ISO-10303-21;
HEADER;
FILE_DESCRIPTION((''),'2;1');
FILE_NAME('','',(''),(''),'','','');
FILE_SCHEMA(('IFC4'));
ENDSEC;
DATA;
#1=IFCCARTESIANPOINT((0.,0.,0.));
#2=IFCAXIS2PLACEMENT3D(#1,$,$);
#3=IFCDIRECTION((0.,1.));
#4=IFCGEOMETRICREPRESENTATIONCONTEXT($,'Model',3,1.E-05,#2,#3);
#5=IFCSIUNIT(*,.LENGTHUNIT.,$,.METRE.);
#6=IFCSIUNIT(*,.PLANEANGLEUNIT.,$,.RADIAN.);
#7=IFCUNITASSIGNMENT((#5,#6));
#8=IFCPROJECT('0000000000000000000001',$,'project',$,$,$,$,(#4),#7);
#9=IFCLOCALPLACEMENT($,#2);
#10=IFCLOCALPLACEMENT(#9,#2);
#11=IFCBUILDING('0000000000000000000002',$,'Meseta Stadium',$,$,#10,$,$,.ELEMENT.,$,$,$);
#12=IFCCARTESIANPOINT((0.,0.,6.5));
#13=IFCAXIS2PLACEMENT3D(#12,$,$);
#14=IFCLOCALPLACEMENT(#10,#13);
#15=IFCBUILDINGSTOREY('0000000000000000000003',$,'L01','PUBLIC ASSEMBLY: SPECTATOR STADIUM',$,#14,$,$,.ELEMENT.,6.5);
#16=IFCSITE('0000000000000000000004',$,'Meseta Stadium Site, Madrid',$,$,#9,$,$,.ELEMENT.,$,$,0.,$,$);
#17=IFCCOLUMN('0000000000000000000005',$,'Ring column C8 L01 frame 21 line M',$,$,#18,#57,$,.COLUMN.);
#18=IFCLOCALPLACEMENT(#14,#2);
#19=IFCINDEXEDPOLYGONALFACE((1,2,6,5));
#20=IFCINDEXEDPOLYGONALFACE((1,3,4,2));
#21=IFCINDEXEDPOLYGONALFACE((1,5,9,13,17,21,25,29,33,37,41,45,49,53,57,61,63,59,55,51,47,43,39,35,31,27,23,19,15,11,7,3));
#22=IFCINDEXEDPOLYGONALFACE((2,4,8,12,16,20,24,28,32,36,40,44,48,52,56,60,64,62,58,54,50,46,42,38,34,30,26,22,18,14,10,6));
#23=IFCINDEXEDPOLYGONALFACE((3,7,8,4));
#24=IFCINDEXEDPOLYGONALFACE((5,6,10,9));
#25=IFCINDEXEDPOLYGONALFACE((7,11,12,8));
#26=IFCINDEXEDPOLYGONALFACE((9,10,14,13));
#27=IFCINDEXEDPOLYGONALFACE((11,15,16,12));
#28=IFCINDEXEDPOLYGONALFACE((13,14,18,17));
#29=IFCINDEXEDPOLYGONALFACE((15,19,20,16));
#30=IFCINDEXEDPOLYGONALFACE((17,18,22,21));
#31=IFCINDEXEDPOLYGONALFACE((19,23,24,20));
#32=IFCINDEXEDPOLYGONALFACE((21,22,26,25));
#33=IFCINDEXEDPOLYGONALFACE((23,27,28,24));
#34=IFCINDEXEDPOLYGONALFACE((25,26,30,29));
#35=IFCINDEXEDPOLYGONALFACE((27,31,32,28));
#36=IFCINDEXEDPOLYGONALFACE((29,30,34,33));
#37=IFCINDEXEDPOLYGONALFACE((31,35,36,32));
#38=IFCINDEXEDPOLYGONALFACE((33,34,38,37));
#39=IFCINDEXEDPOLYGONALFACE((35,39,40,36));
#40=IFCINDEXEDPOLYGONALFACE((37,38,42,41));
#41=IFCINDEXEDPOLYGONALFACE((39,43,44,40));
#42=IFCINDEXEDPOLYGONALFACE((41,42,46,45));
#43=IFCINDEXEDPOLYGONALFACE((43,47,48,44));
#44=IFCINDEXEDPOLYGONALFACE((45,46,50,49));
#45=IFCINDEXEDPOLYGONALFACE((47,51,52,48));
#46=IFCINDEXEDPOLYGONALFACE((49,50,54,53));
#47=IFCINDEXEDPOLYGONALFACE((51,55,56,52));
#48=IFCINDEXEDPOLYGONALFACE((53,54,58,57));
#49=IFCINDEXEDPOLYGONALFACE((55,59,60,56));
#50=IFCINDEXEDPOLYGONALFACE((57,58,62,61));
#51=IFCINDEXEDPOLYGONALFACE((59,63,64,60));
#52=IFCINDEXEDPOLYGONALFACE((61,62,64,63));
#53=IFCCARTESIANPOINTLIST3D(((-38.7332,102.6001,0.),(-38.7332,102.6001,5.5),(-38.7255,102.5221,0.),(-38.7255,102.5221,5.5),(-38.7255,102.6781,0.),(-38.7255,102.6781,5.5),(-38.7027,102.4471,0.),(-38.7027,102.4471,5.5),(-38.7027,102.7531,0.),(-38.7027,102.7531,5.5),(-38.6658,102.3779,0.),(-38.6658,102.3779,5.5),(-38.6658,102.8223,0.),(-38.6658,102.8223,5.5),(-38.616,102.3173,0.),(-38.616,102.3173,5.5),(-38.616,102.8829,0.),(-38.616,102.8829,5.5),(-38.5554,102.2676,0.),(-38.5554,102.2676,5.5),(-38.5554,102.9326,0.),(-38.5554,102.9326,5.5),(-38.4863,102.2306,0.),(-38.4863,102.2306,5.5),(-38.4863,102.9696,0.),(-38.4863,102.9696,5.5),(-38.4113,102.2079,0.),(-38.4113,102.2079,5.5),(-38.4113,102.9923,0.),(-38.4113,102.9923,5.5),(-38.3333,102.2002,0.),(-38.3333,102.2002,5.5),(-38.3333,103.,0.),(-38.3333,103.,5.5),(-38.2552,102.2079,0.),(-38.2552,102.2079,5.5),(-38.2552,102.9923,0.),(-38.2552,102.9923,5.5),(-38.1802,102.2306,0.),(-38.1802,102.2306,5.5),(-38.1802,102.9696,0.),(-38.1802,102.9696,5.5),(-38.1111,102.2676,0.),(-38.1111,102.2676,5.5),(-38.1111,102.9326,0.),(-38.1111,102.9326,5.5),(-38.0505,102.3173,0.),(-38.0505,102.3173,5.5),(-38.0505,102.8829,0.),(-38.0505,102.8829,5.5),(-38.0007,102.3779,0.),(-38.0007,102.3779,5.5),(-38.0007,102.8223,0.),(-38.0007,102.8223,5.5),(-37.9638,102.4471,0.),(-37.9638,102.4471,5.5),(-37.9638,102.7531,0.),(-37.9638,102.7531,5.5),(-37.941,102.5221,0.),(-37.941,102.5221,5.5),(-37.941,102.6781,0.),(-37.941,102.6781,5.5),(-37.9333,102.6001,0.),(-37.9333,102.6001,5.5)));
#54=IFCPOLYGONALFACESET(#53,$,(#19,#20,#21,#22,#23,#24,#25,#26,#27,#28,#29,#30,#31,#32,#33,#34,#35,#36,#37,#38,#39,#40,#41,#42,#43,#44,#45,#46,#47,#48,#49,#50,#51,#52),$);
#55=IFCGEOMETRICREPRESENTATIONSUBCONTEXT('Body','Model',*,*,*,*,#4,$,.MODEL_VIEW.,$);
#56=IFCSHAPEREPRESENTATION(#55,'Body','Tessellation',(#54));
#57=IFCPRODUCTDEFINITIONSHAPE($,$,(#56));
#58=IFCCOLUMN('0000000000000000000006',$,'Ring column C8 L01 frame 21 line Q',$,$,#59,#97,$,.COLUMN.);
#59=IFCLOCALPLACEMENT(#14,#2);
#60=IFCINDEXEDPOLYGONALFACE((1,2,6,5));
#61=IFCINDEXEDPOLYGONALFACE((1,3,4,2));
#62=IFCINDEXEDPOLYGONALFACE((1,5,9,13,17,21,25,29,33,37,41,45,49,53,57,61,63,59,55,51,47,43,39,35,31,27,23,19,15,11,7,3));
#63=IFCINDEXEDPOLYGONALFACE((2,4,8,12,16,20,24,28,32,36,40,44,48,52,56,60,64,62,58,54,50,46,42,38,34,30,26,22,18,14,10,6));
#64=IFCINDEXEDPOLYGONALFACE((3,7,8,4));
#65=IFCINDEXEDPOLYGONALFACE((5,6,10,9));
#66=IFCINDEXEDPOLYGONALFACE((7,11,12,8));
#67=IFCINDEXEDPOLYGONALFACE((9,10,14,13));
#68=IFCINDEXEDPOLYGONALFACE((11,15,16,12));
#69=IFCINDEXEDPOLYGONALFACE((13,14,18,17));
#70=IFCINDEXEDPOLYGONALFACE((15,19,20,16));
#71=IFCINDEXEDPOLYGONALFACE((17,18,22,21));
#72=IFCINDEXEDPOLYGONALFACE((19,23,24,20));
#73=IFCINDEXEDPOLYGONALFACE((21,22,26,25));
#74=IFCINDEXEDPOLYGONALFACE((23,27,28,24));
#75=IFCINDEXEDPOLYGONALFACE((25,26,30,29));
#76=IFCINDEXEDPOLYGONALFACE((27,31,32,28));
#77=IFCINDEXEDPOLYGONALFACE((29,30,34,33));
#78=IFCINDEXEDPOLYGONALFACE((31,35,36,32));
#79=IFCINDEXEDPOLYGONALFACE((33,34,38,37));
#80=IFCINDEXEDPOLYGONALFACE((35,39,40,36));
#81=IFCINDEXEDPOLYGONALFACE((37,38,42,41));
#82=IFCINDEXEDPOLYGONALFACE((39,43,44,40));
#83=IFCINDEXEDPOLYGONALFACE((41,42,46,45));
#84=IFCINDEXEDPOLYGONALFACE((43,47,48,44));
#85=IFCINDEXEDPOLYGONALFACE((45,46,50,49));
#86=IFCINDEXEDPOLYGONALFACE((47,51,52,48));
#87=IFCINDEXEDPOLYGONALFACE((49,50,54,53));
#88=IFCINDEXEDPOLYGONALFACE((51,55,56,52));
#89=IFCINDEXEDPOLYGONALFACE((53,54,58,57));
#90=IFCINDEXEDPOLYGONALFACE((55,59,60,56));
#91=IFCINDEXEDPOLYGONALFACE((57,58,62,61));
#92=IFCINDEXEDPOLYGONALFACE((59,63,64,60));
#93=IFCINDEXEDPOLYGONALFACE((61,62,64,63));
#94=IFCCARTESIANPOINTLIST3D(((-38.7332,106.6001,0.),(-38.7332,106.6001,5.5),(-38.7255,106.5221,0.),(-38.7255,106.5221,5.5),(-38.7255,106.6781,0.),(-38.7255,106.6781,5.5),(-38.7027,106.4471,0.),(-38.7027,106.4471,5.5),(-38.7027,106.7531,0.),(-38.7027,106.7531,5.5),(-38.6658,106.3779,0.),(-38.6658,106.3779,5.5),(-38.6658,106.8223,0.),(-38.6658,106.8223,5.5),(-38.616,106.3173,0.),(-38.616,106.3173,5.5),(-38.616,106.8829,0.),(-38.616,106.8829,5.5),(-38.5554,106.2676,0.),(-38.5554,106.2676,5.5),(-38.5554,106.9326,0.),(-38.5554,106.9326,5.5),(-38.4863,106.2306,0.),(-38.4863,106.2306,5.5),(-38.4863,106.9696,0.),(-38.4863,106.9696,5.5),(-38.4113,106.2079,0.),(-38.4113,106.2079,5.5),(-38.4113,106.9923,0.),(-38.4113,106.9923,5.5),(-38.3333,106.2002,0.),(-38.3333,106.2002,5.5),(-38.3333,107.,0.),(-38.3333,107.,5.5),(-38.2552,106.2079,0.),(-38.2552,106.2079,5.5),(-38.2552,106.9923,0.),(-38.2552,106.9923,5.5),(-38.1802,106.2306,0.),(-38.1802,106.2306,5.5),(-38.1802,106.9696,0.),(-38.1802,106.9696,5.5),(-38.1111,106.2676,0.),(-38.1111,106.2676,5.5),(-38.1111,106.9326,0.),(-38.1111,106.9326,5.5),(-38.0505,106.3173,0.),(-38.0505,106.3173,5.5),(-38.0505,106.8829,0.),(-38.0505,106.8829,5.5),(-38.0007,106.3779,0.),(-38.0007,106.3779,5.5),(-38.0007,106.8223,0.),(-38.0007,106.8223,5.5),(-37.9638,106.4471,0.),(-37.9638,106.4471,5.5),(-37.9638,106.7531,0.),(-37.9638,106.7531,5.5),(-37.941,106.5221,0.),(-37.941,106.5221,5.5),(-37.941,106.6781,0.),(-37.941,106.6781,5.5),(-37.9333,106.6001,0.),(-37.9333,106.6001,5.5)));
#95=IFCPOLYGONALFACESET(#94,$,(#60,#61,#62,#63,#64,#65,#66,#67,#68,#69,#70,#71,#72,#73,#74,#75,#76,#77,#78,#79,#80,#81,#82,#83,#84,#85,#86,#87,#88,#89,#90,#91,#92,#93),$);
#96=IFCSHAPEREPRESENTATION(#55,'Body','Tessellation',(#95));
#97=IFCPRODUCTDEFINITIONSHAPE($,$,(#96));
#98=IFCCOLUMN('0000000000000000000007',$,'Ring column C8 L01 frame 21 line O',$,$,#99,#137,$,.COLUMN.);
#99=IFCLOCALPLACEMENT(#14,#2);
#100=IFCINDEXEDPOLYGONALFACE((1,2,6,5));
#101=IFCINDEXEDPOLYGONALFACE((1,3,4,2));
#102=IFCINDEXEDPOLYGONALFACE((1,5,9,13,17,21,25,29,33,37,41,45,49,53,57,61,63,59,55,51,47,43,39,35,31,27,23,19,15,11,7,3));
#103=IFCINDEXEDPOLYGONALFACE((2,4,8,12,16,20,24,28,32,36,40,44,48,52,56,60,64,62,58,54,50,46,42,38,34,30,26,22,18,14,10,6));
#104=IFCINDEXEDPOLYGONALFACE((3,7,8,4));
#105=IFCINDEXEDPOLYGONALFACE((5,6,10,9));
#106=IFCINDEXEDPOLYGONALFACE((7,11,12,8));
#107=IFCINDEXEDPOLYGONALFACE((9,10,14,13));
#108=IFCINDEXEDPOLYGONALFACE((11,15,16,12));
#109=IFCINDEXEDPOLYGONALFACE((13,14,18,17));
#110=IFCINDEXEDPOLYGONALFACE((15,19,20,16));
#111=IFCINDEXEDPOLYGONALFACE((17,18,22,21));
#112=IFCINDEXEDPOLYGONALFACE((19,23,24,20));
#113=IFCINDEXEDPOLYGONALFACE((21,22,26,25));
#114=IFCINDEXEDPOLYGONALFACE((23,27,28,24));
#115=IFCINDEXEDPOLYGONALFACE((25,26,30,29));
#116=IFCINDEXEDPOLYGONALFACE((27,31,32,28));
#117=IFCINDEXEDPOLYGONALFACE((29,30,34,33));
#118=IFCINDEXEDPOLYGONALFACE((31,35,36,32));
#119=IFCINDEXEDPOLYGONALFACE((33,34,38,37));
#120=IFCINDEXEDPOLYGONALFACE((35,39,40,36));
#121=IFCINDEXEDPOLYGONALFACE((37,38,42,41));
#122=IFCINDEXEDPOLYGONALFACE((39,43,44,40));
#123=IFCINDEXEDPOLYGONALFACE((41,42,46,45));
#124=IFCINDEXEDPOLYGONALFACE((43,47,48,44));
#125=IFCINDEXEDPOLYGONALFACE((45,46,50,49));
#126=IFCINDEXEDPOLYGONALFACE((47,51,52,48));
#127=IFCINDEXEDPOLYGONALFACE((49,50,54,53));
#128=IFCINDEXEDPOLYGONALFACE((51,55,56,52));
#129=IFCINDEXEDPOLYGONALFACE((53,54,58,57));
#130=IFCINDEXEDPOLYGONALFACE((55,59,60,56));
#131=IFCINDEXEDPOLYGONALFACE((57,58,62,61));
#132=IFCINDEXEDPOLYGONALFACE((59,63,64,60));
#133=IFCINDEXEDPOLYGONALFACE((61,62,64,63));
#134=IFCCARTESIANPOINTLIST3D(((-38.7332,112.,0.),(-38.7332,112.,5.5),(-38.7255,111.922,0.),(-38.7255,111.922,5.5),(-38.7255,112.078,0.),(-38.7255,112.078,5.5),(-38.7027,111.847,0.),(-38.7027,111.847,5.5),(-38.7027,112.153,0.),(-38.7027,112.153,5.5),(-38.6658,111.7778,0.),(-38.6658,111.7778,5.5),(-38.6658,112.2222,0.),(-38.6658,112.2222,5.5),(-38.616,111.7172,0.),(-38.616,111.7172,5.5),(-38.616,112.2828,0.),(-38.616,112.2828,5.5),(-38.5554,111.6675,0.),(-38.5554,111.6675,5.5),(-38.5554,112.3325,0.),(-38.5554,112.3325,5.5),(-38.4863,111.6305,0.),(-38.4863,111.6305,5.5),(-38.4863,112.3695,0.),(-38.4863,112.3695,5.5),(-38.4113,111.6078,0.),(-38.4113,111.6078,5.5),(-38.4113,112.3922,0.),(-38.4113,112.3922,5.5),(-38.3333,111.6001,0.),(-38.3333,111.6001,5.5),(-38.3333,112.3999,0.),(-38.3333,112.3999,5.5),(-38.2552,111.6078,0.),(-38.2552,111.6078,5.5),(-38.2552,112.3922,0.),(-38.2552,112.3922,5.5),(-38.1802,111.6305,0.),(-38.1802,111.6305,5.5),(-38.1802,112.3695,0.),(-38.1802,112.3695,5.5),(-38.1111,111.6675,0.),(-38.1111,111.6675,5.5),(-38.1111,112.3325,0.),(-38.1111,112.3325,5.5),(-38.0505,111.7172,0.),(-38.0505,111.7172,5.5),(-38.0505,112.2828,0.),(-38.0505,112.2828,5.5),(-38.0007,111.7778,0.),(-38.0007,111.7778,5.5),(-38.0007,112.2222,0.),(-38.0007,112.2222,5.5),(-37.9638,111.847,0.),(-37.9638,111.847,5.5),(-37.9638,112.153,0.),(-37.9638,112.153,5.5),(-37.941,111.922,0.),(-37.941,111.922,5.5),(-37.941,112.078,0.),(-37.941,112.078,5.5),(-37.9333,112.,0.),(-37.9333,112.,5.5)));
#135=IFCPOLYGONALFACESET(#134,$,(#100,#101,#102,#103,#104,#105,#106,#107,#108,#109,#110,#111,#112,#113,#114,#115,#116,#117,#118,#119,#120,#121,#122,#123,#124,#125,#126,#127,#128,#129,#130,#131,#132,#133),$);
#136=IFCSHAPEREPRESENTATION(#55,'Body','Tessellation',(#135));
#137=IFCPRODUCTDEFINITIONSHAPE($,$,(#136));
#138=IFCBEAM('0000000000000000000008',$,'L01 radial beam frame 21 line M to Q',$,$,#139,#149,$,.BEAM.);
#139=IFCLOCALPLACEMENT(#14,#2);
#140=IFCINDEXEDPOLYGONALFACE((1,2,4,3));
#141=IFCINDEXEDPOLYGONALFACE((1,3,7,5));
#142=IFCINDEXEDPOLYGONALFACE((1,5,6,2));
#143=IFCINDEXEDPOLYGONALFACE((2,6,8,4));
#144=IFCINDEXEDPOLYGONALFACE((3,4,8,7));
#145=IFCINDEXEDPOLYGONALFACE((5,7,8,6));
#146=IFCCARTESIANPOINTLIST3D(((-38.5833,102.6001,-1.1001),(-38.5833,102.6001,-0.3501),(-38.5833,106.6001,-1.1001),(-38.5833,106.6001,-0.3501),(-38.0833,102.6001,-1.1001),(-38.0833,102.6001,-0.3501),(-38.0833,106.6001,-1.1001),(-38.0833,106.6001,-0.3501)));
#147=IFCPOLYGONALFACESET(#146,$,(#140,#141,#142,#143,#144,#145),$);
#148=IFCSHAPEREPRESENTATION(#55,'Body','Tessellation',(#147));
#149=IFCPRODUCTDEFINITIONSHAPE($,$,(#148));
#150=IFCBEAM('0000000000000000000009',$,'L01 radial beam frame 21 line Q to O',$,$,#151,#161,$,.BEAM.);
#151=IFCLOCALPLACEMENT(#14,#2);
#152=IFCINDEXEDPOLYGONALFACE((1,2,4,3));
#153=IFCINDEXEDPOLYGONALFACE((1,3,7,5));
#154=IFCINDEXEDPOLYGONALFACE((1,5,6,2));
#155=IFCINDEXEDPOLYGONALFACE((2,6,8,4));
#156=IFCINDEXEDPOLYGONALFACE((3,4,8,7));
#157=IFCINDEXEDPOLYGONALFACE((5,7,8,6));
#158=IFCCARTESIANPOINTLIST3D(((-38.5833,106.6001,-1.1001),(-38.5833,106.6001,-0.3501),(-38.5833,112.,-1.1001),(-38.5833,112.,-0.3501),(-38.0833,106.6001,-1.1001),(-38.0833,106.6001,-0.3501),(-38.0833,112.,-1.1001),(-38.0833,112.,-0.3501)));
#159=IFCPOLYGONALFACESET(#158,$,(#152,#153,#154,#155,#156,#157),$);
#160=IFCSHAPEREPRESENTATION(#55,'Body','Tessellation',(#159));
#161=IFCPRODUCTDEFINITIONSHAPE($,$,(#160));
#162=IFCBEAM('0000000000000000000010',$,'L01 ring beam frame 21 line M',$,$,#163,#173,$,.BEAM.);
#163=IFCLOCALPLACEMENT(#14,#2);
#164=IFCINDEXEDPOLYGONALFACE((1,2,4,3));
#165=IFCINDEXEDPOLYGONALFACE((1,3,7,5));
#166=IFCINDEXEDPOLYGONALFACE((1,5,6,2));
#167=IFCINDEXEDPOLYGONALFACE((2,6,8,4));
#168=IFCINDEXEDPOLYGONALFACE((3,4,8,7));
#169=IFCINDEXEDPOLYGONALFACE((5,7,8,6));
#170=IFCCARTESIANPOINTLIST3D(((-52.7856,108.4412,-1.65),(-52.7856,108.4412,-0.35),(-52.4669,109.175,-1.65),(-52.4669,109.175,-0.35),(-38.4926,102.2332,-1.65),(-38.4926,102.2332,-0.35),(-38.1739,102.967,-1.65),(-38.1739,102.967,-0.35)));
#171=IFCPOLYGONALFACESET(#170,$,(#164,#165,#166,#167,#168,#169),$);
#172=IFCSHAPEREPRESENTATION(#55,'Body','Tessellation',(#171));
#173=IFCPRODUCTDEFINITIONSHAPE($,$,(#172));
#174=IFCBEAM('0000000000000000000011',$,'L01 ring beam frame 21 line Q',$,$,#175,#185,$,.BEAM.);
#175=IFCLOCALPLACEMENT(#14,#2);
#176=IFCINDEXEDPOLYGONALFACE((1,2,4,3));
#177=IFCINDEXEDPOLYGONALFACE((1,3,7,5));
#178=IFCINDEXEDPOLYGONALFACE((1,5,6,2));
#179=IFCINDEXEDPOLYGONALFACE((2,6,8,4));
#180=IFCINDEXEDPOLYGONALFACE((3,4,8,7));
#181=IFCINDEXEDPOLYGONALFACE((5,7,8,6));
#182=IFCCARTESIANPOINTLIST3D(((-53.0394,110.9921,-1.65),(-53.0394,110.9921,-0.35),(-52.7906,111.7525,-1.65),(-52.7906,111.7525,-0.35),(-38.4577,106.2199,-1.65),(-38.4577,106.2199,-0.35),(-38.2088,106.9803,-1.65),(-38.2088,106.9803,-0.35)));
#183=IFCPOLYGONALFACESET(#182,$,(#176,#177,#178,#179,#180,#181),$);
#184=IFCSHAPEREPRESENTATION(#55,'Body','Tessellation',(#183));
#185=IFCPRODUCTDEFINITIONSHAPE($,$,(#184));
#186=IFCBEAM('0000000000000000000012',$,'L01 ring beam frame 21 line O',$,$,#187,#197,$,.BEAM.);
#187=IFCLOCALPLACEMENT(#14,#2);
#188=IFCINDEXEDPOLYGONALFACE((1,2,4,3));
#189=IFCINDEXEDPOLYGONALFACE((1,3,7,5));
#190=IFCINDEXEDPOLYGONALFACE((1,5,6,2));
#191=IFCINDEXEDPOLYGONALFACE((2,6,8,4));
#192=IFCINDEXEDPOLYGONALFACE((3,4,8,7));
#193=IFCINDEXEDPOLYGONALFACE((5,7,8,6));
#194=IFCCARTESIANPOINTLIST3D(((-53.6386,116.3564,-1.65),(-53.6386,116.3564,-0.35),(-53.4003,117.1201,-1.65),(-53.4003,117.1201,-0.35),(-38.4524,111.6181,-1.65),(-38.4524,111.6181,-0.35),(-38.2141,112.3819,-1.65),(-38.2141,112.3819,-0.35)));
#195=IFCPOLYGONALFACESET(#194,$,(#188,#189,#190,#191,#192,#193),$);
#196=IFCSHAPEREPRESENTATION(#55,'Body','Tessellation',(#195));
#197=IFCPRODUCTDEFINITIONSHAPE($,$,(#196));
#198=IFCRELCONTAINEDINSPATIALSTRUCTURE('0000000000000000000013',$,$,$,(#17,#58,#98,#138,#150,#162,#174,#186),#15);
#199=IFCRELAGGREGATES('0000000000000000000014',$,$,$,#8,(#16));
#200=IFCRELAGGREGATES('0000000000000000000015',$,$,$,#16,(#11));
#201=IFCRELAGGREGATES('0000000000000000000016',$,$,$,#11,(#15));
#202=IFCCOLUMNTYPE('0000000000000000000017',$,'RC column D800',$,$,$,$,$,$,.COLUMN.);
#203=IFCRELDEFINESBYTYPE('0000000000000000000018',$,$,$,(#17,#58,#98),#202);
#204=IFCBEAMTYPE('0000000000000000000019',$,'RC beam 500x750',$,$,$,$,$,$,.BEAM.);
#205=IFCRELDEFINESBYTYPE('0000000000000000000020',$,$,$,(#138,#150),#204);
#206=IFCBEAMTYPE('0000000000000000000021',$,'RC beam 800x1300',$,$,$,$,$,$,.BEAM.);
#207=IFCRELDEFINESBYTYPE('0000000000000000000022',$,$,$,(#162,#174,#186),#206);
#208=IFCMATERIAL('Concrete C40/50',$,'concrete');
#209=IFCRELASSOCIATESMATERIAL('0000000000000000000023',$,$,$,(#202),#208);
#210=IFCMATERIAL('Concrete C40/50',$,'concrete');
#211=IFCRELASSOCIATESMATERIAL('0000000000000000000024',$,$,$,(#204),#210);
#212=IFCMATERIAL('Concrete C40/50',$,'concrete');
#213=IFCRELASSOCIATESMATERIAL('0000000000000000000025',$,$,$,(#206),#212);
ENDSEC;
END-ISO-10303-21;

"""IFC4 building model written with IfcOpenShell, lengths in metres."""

from ifc_helpers import new_model, si_unit, direction, frame, origin, origin_2d, place, context, subcontext, project, spatial, rectangle, circle, extrude, material, material_profile, profile_set, type_object, element, save


model = new_model("IFC4")

# Units and contexts
model_context = context("Model", 3, precision=1e-05, world=origin(), true_north=direction((0.0, 1.0)))
body_context = subcontext(model_context, "Body", "Model", "MODEL_VIEW")
ifc_project = project(units=[si_unit("LENGTHUNIT", "METRE"), si_unit("PLANEANGLEUNIT", "RADIAN")], contexts=[model_context])

# Site, building, storey
site_placement = place(None, origin())
site = spatial("IfcSite", under=ifc_project, at=site_placement, Name="Meseta Stadium Site, Madrid", CompositionType="ELEMENT", RefElevation=0.0)
building_placement = place(site_placement, origin())
building = spatial("IfcBuilding", under=site, at=building_placement, Name="Meseta Stadium", CompositionType="ELEMENT")
storey_placement = place(building_placement, frame((0.0, 0.0, 6.5)))
storey = spatial("IfcBuildingStorey", under=building, at=storey_placement, Name="L01", Description="PUBLIC ASSEMBLY: SPECTATOR STADIUM", CompositionType="ELEMENT", Elevation=6.5)

# Columns
ifc_material_1 = material(Name="Concrete C40/50", Category="concrete")
ifc_material_profile_1 = material_profile(ifc_material_1, circle(Radius=0.3999, at=origin_2d()), Name="RC D800")
ifc_profile_set_1 = profile_set([ifc_material_profile_1], Name="Concrete C40/50")
column_type = type_object("IfcColumnType", Name="RC column D800", PredefinedType="COLUMN", material=ifc_profile_set_1)
for number, where, z_axis, x_axis, name in (
    (1, (-38.3333, 102.6001, 0.0), (0.0, 0.0, 1.0), (1.0, 0.0, 0.0), "Ring column C8 L01 frame 21 line M"),
    (2, (-38.3333, 106.6001, 0.0), (0.0, 0.0, 1.0), (1.0, 0.0, 0.0), "Ring column C8 L01 frame 21 line Q"),
    (3, (-38.3333, 112.0, 0.0), (0.0, 0.0, 1.0), (1.0, 0.0, 0.0), "Ring column C8 L01 frame 21 line O"),
):
    element("IfcColumn", number, at=place(storey_placement, frame(where, z_axis=z_axis, x_axis=x_axis)), inside=storey, type_object=column_type, Name=name, PredefinedType="COLUMN", context=body_context, shape_type="SweptSolid", body=[
        extrude(circle(Radius=0.3999, at=origin_2d()), origin(), (0.0, 0.0, 1.0), 5.5),
    ])

# Beams
ifc_material_2 = material(Name="Concrete C40/50", Category="concrete")
ifc_material_profile_2 = material_profile(ifc_material_2, rectangle(XDim=0.5, YDim=0.75, at=origin_2d()), Name="RC 500x750")
ifc_profile_set_2 = profile_set([ifc_material_profile_2], Name="Concrete C40/50")
beam_type_1 = type_object("IfcBeamType", Name="RC beam 500x750", PredefinedType="BEAM", material=ifc_profile_set_2)
beam_1_placement = place(storey_placement, frame((-38.3333, 102.6001, -0.7251), z_axis=(0.0, 1.0, 0.0), x_axis=(-1.0, 0.0, 0.0)))
element("IfcBeam", 4, at=beam_1_placement, inside=storey, type_object=beam_type_1, Name="L01 radial beam frame 21 line M to Q", PredefinedType="BEAM", context=body_context, shape_type="SweptSolid", body=[
    extrude(rectangle(XDim=0.5, YDim=0.75, at=origin_2d()), origin(), (0.0, 0.0, 1.0), 4.0),
])
beam_2_placement = place(storey_placement, frame((-38.3333, 106.6001, -0.7251), z_axis=(0.0, 1.0, 0.0), x_axis=(-1.0, 0.0, 0.0)))
element("IfcBeam", 5, at=beam_2_placement, inside=storey, type_object=beam_type_1, Name="L01 radial beam frame 21 line Q to O", PredefinedType="BEAM", context=body_context, shape_type="SweptSolid", body=[
    extrude(rectangle(XDim=0.5, YDim=0.75, at=origin_2d()), origin(), (0.0, 0.0, 1.0), 5.3999),
])
ifc_material_3 = material(Name="Concrete C40/50", Category="concrete")
ifc_material_profile_3 = material_profile(ifc_material_3, rectangle(XDim=0.8, YDim=1.3, at=origin_2d()), Name="RC 800x1300")
ifc_profile_set_3 = profile_set([ifc_material_profile_3], Name="Concrete C40/50")
beam_type_2 = type_object("IfcBeamType", Name="RC beam 800x1300", PredefinedType="BEAM", material=ifc_profile_set_3)
beam_3_placement = place(storey_placement, frame((-38.3333, 102.6001, -1.0), z_axis=(-0.917218, 0.398385, 0.0), x_axis=(-0.398385, -0.917218, 0.0)))
element("IfcBeam", 6, at=beam_3_placement, inside=storey, type_object=beam_type_2, Name="L01 ring beam frame 21 line M", PredefinedType="BEAM", context=body_context, shape_type="SweptSolid", body=[
    extrude(rectangle(XDim=0.8, YDim=1.3, at=origin_2d()), origin(), (0.0, 0.0, 1.0), 15.583),
])
beam_4_placement = place(storey_placement, frame((-38.3333, 106.6001, -1.0), z_axis=(-0.950397, 0.311039, 0.0), x_axis=(-0.311039, -0.950397, 0.0)))
element("IfcBeam", 7, at=beam_4_placement, inside=storey, type_object=beam_type_2, Name="L01 ring beam frame 21 line Q", PredefinedType="BEAM", context=body_context, shape_type="SweptSolid", body=[
    extrude(rectangle(XDim=0.8, YDim=1.3, at=origin_2d()), origin(), (0.0, 0.0, 1.0), 15.3428),
])
beam_5_placement = place(storey_placement, frame((-38.3333, 112.0, -1.0), z_axis=(-0.954613, 0.297849, 0.0), x_axis=(-0.297849, -0.954613, 0.0)))
element("IfcBeam", 8, at=beam_5_placement, inside=storey, type_object=beam_type_2, Name="L01 ring beam frame 21 line O", PredefinedType="BEAM", context=body_context, shape_type="SweptSolid", body=[
    extrude(rectangle(XDim=0.8, YDim=1.3, at=origin_2d()), origin(), (0.0, 0.0, 1.0), 15.9082),
])

save(model, "model.ifc")
